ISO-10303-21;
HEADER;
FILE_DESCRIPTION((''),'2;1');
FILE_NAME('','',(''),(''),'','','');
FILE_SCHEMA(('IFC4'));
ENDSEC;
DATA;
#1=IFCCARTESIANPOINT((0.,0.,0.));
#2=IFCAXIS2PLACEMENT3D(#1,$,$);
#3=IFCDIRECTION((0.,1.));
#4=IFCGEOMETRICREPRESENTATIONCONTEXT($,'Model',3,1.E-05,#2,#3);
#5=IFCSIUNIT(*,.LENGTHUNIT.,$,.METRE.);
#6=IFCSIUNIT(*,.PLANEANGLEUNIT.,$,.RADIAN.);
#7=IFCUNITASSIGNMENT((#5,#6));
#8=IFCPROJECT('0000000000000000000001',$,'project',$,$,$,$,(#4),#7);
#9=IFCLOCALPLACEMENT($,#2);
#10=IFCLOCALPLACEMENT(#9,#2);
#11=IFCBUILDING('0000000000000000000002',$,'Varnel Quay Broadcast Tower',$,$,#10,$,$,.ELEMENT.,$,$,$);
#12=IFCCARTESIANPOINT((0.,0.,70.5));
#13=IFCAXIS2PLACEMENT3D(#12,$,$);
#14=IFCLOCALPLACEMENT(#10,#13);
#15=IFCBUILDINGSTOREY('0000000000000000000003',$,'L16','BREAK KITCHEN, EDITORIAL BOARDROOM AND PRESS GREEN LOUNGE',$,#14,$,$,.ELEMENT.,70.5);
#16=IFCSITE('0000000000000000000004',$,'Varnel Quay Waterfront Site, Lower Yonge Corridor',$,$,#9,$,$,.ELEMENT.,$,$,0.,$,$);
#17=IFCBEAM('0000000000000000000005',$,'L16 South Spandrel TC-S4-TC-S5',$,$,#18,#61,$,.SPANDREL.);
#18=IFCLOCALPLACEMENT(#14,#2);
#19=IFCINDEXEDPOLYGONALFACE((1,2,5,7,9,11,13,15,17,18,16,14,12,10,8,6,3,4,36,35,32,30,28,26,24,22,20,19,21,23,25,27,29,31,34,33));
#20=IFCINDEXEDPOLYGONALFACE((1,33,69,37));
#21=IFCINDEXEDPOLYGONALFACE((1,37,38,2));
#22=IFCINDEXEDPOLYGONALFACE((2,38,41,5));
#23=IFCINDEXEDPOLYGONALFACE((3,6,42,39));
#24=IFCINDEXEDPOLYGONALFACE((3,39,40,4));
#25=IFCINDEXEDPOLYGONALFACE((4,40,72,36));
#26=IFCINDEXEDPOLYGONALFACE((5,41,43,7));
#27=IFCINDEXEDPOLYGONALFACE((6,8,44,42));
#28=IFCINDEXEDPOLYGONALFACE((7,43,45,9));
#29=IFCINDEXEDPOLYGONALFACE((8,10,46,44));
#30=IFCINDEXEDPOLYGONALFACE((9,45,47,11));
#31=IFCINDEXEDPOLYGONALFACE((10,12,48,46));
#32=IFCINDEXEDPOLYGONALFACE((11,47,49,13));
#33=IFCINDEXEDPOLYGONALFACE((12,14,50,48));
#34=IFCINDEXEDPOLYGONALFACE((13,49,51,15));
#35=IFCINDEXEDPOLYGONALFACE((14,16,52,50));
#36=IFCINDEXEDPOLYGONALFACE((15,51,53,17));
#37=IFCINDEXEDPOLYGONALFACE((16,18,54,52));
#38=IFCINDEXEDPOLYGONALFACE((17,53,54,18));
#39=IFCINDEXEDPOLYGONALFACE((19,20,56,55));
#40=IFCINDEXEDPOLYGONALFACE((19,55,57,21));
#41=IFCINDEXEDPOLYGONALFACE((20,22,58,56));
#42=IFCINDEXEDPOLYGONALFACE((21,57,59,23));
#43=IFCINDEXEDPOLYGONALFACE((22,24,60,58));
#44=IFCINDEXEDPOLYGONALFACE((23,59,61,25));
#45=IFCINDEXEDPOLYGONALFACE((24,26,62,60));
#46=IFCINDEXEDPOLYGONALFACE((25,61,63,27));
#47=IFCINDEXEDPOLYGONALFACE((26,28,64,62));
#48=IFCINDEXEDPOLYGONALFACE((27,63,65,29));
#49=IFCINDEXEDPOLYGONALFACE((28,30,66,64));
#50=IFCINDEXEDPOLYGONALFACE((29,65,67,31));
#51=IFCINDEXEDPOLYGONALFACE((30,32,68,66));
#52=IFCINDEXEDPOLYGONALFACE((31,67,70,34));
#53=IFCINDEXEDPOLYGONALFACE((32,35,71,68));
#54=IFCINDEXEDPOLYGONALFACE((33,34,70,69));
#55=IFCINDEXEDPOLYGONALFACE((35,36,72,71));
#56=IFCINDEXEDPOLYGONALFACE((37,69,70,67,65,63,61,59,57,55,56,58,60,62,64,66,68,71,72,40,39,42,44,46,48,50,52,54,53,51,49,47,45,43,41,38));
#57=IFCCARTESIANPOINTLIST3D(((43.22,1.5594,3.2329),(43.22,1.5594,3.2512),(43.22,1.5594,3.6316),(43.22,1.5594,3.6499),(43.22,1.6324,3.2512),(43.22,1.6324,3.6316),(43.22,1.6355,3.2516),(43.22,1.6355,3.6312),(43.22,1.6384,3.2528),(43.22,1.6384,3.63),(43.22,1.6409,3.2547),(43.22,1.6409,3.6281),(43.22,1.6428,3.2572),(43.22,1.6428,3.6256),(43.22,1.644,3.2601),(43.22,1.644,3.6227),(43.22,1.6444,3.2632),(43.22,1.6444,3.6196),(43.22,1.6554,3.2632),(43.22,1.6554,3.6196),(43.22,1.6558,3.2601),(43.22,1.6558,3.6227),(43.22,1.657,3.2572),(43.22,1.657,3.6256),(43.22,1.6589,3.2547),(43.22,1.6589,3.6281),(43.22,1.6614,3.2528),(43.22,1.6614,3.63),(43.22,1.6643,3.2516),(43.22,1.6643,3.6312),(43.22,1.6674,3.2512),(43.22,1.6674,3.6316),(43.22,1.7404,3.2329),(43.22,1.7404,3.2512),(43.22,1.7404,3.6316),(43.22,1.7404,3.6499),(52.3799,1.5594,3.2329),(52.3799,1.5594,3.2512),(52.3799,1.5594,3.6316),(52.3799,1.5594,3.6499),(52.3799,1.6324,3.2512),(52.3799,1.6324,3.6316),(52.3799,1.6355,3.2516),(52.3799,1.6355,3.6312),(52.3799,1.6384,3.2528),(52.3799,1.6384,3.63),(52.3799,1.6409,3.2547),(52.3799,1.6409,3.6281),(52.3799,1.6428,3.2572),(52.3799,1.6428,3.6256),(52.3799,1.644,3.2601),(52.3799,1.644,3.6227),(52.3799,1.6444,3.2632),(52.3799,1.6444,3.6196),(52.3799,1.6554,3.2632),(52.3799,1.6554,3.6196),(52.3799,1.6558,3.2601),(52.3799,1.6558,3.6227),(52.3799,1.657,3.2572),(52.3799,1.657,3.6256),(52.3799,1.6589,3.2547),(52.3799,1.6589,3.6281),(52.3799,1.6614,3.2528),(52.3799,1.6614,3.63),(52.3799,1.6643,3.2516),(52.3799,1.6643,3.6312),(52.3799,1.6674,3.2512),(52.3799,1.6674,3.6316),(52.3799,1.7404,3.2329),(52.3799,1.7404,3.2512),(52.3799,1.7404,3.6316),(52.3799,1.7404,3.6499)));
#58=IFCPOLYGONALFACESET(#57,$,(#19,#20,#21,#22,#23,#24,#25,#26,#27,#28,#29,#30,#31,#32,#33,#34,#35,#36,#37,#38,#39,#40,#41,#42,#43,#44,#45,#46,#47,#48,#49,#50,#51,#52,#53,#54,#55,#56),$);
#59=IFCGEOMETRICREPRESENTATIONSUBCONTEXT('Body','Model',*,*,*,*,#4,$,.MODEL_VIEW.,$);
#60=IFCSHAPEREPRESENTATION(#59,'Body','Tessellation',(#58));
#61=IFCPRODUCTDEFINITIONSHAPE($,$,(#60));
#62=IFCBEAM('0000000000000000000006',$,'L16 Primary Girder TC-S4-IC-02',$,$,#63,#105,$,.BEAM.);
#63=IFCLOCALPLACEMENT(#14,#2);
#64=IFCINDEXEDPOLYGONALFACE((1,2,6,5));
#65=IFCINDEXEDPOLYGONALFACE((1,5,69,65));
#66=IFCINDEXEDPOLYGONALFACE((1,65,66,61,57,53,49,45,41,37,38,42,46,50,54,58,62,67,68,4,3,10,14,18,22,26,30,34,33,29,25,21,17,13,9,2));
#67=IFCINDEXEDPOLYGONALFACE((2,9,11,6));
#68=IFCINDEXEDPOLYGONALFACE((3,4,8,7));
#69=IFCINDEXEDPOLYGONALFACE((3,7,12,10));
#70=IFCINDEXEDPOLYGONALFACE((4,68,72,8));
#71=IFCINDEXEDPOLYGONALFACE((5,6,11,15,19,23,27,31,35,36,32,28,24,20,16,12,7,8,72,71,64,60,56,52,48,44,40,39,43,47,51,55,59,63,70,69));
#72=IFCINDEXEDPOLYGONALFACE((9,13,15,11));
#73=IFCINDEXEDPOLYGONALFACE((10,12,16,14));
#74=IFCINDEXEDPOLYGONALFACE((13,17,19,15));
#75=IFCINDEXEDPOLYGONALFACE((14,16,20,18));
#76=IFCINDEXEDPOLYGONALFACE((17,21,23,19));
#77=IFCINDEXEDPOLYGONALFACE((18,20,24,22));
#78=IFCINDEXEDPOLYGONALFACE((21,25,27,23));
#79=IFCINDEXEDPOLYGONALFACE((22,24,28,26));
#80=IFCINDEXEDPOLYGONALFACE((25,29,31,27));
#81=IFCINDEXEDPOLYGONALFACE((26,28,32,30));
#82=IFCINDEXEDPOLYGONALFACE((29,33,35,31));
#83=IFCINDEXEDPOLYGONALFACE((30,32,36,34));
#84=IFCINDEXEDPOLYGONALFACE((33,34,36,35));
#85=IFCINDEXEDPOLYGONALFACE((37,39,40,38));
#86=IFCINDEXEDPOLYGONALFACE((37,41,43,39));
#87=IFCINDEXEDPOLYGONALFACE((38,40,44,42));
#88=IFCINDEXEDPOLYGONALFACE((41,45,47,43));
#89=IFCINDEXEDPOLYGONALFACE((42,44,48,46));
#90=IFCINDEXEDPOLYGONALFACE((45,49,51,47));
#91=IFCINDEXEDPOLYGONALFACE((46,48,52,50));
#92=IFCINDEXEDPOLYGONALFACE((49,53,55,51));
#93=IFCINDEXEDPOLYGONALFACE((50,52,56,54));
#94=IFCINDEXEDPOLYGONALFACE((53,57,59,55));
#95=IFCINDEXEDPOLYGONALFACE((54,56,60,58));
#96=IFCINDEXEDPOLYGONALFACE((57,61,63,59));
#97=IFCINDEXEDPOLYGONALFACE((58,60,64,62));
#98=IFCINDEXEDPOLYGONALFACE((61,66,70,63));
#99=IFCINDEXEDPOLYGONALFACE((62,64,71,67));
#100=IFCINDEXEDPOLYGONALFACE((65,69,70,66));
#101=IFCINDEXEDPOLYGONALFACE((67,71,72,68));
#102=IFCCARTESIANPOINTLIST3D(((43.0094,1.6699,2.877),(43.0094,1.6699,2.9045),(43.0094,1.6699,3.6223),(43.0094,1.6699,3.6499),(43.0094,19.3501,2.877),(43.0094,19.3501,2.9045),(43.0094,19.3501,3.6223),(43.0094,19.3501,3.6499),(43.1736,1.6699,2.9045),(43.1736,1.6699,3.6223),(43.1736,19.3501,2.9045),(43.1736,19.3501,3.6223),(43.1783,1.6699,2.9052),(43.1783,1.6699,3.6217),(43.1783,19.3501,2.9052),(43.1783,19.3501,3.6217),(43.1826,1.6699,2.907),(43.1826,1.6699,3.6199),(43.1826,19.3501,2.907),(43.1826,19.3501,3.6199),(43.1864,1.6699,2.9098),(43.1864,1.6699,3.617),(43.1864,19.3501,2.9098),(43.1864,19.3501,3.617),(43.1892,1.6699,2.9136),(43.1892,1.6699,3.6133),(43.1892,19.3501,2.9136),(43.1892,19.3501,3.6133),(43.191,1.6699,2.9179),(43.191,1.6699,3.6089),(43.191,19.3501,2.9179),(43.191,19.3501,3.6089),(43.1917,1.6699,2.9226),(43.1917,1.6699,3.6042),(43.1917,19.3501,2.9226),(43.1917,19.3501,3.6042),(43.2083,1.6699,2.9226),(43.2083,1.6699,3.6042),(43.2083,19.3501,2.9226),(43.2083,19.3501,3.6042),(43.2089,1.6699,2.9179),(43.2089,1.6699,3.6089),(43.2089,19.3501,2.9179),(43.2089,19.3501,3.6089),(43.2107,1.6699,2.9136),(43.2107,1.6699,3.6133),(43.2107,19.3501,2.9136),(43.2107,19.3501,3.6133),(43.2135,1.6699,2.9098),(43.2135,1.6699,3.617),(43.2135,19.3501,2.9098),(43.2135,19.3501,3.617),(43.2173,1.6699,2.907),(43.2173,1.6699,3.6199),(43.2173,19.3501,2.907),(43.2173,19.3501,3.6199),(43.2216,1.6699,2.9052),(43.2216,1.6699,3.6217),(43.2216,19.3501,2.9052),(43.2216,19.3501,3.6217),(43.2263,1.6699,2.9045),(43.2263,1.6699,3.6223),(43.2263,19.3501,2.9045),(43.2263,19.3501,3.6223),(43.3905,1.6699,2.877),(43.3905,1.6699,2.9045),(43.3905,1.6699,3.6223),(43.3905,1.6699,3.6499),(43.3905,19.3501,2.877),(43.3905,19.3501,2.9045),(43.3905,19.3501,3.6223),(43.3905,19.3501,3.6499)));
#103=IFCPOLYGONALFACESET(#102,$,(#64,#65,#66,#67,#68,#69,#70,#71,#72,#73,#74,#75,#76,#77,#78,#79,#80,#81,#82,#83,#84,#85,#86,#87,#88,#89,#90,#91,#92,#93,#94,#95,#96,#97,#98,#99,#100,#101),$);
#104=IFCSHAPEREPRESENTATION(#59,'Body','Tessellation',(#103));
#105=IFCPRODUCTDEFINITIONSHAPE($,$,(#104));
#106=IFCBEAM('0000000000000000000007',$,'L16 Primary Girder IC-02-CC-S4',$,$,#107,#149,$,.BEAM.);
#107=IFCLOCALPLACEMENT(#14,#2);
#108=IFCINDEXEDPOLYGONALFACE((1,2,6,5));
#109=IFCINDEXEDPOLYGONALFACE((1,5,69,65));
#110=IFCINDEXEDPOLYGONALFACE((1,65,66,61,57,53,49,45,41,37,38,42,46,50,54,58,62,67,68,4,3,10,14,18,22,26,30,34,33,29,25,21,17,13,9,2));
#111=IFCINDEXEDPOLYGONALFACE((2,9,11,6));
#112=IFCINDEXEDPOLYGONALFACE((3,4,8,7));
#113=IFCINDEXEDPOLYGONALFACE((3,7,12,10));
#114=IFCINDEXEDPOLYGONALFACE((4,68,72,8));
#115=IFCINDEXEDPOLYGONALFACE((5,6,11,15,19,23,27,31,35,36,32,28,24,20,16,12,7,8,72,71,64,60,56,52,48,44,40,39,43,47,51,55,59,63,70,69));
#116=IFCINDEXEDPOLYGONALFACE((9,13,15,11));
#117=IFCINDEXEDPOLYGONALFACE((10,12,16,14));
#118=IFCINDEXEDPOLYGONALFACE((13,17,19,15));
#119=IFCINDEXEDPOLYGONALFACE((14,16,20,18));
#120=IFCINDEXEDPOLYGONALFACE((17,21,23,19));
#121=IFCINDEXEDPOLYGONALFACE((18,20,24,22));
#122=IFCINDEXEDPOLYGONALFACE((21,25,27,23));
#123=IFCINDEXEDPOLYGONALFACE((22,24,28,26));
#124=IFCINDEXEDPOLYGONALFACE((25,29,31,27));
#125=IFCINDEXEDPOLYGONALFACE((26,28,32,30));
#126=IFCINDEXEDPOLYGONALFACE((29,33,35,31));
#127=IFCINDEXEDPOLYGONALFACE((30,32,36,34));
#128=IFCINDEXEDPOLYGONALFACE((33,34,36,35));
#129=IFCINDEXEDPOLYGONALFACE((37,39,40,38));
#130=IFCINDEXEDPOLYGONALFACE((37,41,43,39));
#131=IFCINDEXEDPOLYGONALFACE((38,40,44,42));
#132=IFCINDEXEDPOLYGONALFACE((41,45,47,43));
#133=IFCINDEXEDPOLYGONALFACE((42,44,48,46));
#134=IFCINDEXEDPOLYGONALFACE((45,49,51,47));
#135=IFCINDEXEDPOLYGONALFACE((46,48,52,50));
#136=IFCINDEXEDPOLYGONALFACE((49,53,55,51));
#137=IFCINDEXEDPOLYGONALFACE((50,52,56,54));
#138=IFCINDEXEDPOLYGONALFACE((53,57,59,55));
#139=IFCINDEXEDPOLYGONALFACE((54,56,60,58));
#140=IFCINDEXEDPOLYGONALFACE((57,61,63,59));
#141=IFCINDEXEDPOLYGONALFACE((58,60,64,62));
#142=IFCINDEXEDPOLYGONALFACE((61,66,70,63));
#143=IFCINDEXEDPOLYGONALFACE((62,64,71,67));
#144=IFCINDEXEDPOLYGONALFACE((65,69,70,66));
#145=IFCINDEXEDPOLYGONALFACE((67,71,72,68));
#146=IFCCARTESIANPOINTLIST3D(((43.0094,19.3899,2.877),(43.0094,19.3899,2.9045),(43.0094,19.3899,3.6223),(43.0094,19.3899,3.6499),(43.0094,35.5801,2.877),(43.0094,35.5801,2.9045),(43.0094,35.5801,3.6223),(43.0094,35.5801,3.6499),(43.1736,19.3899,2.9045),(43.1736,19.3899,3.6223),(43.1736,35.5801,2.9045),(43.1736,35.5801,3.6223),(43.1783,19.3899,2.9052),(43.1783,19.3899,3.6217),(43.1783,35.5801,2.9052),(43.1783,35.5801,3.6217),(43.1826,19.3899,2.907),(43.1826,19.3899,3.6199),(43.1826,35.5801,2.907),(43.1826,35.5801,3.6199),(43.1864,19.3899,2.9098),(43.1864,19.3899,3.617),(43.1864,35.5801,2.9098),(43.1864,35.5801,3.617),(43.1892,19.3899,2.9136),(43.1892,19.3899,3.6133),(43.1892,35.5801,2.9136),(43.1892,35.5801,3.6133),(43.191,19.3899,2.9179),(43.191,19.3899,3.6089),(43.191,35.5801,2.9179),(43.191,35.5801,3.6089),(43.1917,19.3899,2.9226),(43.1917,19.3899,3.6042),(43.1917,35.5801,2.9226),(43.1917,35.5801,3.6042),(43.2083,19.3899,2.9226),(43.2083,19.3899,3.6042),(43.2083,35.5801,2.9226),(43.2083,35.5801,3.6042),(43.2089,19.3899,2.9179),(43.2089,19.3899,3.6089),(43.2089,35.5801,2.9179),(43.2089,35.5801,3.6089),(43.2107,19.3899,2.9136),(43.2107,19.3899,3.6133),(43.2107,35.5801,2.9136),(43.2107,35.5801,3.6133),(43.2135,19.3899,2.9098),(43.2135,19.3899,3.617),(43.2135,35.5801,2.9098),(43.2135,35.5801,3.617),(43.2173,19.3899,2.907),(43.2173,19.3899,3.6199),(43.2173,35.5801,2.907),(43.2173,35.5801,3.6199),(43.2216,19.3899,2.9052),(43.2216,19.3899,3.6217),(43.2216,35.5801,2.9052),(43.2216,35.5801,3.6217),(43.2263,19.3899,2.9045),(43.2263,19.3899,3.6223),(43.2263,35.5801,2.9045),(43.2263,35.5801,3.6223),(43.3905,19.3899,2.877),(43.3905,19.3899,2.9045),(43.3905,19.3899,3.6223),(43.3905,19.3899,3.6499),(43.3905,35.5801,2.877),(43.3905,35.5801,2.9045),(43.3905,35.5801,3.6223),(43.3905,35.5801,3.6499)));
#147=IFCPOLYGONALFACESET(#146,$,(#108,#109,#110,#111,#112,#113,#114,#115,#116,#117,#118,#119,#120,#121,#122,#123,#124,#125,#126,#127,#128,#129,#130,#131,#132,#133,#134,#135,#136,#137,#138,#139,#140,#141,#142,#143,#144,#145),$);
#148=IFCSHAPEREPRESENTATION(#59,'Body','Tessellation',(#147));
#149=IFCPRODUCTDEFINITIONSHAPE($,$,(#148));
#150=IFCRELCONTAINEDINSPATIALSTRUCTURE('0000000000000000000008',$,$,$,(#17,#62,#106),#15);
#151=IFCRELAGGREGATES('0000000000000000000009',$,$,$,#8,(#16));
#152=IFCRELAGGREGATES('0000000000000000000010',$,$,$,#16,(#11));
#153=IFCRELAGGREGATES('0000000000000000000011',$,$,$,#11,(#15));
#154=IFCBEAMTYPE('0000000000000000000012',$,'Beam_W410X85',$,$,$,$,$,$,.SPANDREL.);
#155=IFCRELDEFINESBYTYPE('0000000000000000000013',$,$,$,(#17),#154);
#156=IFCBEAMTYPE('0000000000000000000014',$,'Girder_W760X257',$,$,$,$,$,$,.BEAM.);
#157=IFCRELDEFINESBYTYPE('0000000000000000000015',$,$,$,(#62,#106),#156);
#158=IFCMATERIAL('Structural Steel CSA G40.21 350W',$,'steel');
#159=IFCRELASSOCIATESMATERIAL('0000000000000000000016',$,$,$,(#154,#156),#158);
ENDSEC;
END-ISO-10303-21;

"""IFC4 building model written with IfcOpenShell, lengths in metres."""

from ifc_helpers import new_model, si_unit, direction, frame, origin, origin_2d, place, context, subcontext, project, spatial, i_section, extrude, source, transform, mapped, material, material_profile, profile_set, type_object, type_shapes, element, save


model = new_model("IFC4")

# Units and contexts
model_context = context("Model", 3, precision=1e-05, world=origin(), true_north=direction((0.0, 1.0)))
body_context = subcontext(model_context, "Body", "Model", "MODEL_VIEW")
ifc_project = project(units=[si_unit("LENGTHUNIT", "METRE"), si_unit("PLANEANGLEUNIT", "RADIAN")], contexts=[model_context])

# Site, building, storey
site_placement = place(None, origin())
site = spatial("IfcSite", under=ifc_project, at=site_placement, Name="Varnel Quay Waterfront Site, Lower Yonge Corridor", CompositionType="ELEMENT", RefElevation=0.0)
building_placement = place(site_placement, origin())
building = spatial("IfcBuilding", under=site, at=building_placement, Name="Varnel Quay Broadcast Tower", CompositionType="ELEMENT")
storey_placement = place(building_placement, frame((0.0, 0.0, 70.5)))
storey = spatial("IfcBuildingStorey", under=building, at=storey_placement, Name="L16", Description="BREAK KITCHEN, EDITORIAL BOARDROOM AND PRESS GREEN LOUNGE", CompositionType="ELEMENT", Elevation=70.5)

# Shared definitions
ifc_material_1 = material(Name="Structural Steel CSA G40.21 350W", Category="steel")

# Beams
ifc_material_profile_1 = material_profile(ifc_material_1, i_section(OverallWidth=0.1809, OverallDepth=0.417, WebThickness=0.011, FlangeThickness=0.0183, FilletRadius=0.012, at=origin_2d()), Name="W410X85")
ifc_profile_set_1 = profile_set([ifc_material_profile_1], Name="Structural Steel CSA G40.21 350W")
beam_type_1 = type_object("IfcBeamType", Name="Beam_W410X85", PredefinedType="SPANDREL", material=ifc_profile_set_1)
shared_shape_1 = source(origin(), body_context, "Body", "SweptSolid", [
    extrude(i_section(OverallWidth=0.1809, OverallDepth=0.417, WebThickness=0.011, FlangeThickness=0.0183, FilletRadius=0.012, at=origin_2d()), origin(), (0.0, 0.0, 1.0), 9.1599),
])
type_shapes(beam_type_1, [shared_shape_1])
for number, where, z_axis, x_axis, name in (
    (1, (43.22, 1.6499, 3.4414), (1.0, 0.0, 0.0), (0.0, 1.0, 0.0), "L16 South Spandrel TC-S4-TC-S5"),
):
    element("IfcBeam", number, at=place(storey_placement, frame(where, z_axis=z_axis, x_axis=x_axis)), inside=storey, type_object=beam_type_1, Name=name, PredefinedType="SPANDREL", context=body_context, shape_type="MappedRepresentation", body=[
        mapped(shared_shape_1, transform((0.0, 0.0, 0.0), x_axis=(1.0, 0.0, 0.0), y_axis=(0.0, 1.0, 0.0), z_axis=(0.0, 0.0, 1.0), scale=1.0)),
    ])
ifc_material_profile_2 = material_profile(ifc_material_1, i_section(OverallWidth=0.3811, OverallDepth=0.7729, WebThickness=0.0166, FlangeThickness=0.0276, FilletRadius=0.0181, at=origin_2d()), Name="W760X257")
ifc_profile_set_2 = profile_set([ifc_material_profile_2], Name="Structural Steel CSA G40.21 350W")
beam_type_2 = type_object("IfcBeamType", Name="Girder_W760X257", PredefinedType="BEAM", material=ifc_profile_set_2)
shared_shape_2 = source(origin(), body_context, "Body", "SweptSolid", [
    extrude(i_section(OverallWidth=0.3811, OverallDepth=0.7729, WebThickness=0.0166, FlangeThickness=0.0276, FilletRadius=0.0181, at=origin_2d()), origin(), (0.0, 0.0, 1.0), 17.6802),
])
beam_1_placement = place(storey_placement, frame((43.2, 1.6699, 3.2634), z_axis=(0.0, 1.0, 0.0), x_axis=(-1.0, 0.0, 0.0)))
element("IfcBeam", 2, at=beam_1_placement, inside=storey, type_object=beam_type_2, Name="L16 Primary Girder TC-S4-IC-02", PredefinedType="BEAM", context=body_context, shape_type="MappedRepresentation", body=[
    mapped(shared_shape_2, transform((0.0, 0.0, 0.0), x_axis=(1.0, 0.0, 0.0), y_axis=(0.0, 1.0, 0.0), z_axis=(0.0, 0.0, 1.0), scale=1.0)),
])
shared_shape_3 = source(origin(), body_context, "Body", "SweptSolid", [
    extrude(i_section(OverallWidth=0.3811, OverallDepth=0.7729, WebThickness=0.0166, FlangeThickness=0.0276, FilletRadius=0.0181, at=origin_2d()), origin(), (0.0, 0.0, 1.0), 16.1902),
])
beam_2_placement = place(storey_placement, frame((43.2, 19.3899, 3.2634), z_axis=(0.0, 1.0, 0.0), x_axis=(-1.0, 0.0, 0.0)))
element("IfcBeam", 3, at=beam_2_placement, inside=storey, type_object=beam_type_2, Name="L16 Primary Girder IC-02-CC-S4", PredefinedType="BEAM", context=body_context, shape_type="MappedRepresentation", body=[
    mapped(shared_shape_3, transform((0.0, 0.0, 0.0), x_axis=(1.0, 0.0, 0.0), y_axis=(0.0, 1.0, 0.0), z_axis=(0.0, 0.0, 1.0), scale=1.0)),
])

save(model, "model.ifc")
